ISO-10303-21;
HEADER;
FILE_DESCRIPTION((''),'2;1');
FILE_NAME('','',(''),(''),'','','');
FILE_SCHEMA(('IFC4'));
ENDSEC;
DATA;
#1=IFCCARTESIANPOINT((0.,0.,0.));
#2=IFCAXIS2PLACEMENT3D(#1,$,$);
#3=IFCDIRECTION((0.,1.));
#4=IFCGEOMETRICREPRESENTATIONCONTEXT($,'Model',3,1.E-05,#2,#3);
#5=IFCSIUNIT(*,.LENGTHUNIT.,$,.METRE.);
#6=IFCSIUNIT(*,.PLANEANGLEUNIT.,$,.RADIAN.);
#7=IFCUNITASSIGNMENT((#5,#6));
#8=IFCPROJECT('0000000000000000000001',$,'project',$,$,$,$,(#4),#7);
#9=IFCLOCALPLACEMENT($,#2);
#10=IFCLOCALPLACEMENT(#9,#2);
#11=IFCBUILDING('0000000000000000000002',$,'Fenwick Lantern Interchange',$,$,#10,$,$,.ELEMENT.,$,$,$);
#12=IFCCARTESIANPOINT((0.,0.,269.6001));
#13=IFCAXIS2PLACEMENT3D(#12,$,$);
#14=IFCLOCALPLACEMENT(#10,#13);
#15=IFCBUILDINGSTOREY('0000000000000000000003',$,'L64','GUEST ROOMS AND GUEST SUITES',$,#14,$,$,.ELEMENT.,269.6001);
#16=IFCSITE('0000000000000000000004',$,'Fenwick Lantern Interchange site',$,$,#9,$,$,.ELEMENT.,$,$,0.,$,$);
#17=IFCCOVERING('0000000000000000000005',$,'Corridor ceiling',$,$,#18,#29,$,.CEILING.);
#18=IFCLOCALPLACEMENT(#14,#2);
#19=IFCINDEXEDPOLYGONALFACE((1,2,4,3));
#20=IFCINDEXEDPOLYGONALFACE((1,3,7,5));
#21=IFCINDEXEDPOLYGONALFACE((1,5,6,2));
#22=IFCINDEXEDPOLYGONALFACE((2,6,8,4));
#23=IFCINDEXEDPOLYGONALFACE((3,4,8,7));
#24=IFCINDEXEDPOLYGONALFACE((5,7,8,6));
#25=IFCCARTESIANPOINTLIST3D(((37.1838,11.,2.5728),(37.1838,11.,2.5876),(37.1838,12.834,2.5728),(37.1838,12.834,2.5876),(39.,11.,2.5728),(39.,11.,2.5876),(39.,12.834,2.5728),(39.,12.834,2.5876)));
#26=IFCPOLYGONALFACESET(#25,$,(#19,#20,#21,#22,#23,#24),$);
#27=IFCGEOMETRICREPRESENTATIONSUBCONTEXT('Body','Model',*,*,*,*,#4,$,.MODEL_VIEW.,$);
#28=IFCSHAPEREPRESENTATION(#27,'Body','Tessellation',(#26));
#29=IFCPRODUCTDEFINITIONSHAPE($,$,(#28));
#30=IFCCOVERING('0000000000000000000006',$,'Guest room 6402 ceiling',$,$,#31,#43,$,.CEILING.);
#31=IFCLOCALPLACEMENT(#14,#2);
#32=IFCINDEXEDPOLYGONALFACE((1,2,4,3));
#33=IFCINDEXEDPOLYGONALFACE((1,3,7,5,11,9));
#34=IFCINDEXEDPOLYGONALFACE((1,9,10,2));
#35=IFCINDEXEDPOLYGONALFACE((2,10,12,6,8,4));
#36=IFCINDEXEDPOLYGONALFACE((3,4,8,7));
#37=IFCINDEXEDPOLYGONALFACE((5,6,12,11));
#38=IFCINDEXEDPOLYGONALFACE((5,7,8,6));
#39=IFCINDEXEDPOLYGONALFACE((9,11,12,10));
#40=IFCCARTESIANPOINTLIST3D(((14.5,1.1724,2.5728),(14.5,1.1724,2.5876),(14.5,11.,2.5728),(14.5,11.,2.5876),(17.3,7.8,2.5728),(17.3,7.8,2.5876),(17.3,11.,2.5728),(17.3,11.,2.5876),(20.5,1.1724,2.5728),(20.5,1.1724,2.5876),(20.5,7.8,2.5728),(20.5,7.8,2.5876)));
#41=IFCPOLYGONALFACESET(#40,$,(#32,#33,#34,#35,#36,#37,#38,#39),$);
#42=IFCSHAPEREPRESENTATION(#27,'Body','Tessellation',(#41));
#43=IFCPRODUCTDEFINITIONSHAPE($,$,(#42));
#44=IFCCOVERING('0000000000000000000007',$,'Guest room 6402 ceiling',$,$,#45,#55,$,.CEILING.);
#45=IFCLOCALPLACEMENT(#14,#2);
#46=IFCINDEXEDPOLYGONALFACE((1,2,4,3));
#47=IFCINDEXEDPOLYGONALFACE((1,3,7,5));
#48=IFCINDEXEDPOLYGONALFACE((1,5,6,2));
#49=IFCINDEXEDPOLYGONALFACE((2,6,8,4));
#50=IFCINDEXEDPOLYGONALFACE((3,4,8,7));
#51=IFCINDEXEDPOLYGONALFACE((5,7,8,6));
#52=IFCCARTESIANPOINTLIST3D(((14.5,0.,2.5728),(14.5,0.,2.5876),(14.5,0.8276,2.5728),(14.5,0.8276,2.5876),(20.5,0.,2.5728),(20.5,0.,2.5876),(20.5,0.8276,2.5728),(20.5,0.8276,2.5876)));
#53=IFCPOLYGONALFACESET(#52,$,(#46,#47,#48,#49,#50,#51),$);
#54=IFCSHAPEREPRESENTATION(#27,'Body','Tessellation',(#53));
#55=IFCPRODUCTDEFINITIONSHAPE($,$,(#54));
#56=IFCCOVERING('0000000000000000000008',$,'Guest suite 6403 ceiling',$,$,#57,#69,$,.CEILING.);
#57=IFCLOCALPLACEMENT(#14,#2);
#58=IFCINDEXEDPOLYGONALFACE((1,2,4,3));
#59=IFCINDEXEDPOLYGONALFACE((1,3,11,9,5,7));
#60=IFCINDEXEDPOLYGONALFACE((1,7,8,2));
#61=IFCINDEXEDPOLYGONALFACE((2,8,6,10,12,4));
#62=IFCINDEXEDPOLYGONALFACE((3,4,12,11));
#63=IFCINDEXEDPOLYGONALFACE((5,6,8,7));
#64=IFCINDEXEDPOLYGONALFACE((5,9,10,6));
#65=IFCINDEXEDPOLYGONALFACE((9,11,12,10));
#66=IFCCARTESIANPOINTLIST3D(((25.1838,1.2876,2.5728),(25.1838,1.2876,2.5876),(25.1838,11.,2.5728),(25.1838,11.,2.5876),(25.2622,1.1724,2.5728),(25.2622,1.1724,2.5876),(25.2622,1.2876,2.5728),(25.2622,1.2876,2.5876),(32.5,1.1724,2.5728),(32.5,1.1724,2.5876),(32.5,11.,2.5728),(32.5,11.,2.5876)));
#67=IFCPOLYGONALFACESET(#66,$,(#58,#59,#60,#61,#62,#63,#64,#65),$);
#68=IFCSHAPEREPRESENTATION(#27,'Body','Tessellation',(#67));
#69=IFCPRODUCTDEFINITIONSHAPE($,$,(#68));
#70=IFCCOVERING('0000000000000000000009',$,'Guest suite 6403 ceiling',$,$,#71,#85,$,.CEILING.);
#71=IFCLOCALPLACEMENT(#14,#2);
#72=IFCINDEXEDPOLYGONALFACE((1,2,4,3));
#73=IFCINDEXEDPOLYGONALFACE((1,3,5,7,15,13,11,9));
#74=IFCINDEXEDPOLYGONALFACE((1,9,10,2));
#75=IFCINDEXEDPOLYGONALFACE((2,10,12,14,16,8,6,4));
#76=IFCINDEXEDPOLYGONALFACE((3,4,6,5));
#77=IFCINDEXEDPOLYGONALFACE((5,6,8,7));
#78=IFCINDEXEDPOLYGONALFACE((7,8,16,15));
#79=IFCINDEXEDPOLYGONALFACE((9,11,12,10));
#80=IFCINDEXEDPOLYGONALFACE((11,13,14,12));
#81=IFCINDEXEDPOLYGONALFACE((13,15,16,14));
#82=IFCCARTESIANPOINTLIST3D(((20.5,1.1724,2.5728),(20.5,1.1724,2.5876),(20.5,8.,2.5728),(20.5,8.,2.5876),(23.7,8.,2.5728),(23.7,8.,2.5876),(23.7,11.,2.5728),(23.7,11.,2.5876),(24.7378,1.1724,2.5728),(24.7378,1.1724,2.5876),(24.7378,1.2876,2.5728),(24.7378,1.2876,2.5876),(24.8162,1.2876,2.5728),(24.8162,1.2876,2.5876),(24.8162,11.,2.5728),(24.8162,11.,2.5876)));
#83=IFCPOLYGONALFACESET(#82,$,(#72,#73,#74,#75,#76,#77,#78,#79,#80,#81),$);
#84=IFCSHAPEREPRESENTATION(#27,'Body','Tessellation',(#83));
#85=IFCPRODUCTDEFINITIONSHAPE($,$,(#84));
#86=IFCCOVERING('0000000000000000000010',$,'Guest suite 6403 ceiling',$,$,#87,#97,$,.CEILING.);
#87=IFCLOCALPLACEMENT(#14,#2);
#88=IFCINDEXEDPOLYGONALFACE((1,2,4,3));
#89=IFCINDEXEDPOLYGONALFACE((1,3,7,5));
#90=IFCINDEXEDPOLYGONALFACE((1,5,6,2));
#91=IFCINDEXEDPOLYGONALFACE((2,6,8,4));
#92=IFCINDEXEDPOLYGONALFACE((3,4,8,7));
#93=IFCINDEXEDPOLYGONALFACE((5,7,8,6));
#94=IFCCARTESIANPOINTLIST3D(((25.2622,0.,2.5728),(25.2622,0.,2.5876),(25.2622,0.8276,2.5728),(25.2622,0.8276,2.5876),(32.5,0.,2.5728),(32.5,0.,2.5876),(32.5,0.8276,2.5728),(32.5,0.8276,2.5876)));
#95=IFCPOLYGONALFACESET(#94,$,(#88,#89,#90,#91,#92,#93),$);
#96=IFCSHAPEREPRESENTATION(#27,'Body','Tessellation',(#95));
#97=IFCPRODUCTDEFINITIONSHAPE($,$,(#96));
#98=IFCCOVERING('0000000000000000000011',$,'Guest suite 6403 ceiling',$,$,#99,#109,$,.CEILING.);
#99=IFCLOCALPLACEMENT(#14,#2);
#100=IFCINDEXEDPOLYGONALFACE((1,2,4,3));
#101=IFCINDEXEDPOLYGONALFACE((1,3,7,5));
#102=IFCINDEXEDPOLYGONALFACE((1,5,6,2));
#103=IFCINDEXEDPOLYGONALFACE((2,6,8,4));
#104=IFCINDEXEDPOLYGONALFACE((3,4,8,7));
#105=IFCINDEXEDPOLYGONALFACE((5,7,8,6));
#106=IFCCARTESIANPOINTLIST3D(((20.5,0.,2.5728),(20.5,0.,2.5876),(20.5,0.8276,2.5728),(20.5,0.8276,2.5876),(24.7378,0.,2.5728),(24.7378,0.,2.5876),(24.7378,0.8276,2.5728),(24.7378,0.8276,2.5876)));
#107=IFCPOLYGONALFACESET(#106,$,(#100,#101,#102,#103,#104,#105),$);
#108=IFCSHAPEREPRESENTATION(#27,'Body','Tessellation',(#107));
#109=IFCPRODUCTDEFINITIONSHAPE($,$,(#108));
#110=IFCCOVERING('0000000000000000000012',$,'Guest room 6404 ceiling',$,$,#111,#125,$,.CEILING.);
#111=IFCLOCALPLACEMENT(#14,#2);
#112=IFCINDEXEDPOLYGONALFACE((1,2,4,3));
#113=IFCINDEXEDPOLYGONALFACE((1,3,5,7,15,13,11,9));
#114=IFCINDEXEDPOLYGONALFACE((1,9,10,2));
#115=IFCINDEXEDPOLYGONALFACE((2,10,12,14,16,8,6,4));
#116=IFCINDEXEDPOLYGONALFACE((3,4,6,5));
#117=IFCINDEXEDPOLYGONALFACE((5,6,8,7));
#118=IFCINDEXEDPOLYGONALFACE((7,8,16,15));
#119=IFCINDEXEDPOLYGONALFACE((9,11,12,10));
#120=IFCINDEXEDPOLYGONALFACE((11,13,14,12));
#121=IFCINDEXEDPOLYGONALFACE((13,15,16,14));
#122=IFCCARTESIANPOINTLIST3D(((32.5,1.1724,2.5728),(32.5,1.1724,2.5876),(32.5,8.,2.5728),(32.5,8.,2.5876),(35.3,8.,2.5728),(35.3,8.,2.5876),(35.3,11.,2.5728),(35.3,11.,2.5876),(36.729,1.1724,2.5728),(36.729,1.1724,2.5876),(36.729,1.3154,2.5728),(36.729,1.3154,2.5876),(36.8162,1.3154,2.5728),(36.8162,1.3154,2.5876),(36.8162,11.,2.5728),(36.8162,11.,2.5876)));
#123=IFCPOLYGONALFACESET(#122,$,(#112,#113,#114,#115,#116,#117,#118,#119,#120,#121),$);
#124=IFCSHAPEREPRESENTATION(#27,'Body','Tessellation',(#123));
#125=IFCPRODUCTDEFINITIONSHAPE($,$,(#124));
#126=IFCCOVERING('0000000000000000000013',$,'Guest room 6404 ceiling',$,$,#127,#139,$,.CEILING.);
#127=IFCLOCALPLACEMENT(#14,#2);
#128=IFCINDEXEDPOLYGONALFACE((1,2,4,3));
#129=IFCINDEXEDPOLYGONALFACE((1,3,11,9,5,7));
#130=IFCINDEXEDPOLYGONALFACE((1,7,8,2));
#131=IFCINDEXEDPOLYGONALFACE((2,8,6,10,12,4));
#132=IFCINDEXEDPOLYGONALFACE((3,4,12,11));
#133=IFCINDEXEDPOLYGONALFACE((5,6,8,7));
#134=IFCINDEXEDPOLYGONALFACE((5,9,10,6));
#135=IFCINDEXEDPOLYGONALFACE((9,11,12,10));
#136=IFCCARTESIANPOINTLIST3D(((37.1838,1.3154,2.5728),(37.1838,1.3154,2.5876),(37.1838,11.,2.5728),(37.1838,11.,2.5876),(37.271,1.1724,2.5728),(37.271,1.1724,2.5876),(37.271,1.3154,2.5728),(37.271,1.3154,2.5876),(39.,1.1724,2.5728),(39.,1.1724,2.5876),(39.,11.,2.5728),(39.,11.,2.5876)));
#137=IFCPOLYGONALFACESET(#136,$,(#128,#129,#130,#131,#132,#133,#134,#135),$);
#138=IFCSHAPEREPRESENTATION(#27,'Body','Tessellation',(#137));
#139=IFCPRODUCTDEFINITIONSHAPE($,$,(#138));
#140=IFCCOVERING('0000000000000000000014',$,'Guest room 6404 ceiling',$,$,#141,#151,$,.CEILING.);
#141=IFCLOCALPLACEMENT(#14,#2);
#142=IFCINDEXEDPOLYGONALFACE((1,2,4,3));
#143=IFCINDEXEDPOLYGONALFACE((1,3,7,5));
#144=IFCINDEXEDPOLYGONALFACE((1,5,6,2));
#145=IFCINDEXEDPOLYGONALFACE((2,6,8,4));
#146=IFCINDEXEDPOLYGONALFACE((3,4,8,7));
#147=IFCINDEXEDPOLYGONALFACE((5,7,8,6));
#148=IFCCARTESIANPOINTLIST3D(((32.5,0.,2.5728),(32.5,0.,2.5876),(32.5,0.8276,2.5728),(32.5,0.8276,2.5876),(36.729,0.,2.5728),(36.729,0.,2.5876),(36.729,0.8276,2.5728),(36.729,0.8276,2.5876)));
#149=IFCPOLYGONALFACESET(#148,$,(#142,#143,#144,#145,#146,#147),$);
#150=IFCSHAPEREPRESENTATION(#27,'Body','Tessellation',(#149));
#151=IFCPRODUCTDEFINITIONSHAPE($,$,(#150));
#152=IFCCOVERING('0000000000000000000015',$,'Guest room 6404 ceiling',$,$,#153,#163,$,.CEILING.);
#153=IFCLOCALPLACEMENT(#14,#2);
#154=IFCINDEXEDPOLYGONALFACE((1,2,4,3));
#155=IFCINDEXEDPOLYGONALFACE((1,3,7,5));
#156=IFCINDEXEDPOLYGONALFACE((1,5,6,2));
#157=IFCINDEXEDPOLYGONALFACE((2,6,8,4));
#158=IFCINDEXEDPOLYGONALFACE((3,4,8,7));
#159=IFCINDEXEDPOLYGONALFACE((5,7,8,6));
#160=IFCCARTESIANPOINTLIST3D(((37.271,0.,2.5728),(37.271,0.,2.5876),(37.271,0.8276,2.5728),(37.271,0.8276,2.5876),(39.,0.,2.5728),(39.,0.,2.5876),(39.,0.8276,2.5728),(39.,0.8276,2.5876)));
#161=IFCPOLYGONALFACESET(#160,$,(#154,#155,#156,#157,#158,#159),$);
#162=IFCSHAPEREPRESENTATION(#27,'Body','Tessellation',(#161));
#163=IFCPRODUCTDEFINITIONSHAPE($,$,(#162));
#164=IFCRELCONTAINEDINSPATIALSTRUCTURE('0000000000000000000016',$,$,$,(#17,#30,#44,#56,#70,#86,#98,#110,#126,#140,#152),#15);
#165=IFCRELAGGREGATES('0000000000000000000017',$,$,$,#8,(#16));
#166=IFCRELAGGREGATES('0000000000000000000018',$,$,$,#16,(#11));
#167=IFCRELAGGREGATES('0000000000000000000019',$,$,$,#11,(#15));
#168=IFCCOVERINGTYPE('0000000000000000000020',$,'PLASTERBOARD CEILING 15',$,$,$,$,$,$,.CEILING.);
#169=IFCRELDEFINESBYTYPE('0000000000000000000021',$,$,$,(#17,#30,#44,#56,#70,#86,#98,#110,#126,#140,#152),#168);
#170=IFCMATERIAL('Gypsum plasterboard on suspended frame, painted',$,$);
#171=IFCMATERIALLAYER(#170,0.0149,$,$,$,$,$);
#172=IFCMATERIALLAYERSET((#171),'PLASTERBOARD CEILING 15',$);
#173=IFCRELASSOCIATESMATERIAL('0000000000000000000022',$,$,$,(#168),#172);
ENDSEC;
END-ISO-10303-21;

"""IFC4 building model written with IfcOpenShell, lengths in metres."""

from ifc_helpers import new_model, si_unit, direction, frame, origin, place, context, subcontext, project, spatial, polyline, outline, extrude, material, layer, layer_set, type_object, element, save


model = new_model("IFC4")

# Units and contexts
model_context = context("Model", 3, precision=1e-05, world=origin(), true_north=direction((0.0, 1.0)))
body_context = subcontext(model_context, "Body", "Model", "MODEL_VIEW")
ifc_project = project(units=[si_unit("LENGTHUNIT", "METRE"), si_unit("PLANEANGLEUNIT", "RADIAN")], contexts=[model_context])

# Site, building, storey
site_placement = place(None, origin())
site = spatial("IfcSite", under=ifc_project, at=site_placement, Name="Fenwick Lantern Interchange site", CompositionType="ELEMENT", RefElevation=0.0)
building_placement = place(site_placement, origin())
building = spatial("IfcBuilding", under=site, at=building_placement, Name="Fenwick Lantern Interchange", CompositionType="ELEMENT")
storey_placement = place(building_placement, frame((0.0, 0.0, 269.6001)))
storey = spatial("IfcBuildingStorey", under=building, at=storey_placement, Name="L64", Description="GUEST ROOMS AND GUEST SUITES", CompositionType="ELEMENT", Elevation=269.6001)

# Coverings
ifc_material_1 = material(Name="Gypsum plasterboard on suspended frame, painted")
ifc_layer_1 = layer(ifc_material_1, 0.0149)
ifc_layer_set_1 = layer_set([ifc_layer_1], Name="PLASTERBOARD CEILING 15")
covering_type_1 = type_object("IfcCoveringType", Name="PLASTERBOARD CEILING 15", PredefinedType="CEILING", material=ifc_layer_set_1)
covering_1_placement = place(storey_placement, frame((0.0, 0.0, 2.5728)))
element("IfcCovering", 1, at=covering_1_placement, inside=storey, type_object=covering_type_1, Name="Corridor ceiling", PredefinedType="CEILING", context=body_context, shape_type="SweptSolid", body=[
    extrude(outline(polyline([(39.0, 11.0), (39.0, 12.834), (37.1838, 12.834), (37.1838, 11.0), (39.0, 11.0)])), origin(), (0.0, 0.0, 1.0), 0.0149),
])
covering_2_placement = place(storey_placement, frame((0.0, 0.0, 2.5728)))
element("IfcCovering", 2, at=covering_2_placement, inside=storey, type_object=covering_type_1, Name="Guest room 6402 ceiling", PredefinedType="CEILING", context=body_context, shape_type="SweptSolid", body=[
    extrude(outline(polyline([(14.5, 11.0), (14.5, 1.1724), (20.5, 1.1724), (20.5, 7.8), (17.3, 7.8), (17.3, 11.0), (14.5, 11.0)])), origin(), (0.0, 0.0, 1.0), 0.0149),
])
covering_3_placement = place(storey_placement, frame((0.0, 0.0, 2.5728)))
element("IfcCovering", 3, at=covering_3_placement, inside=storey, type_object=covering_type_1, Name="Guest room 6402 ceiling", PredefinedType="CEILING", context=body_context, shape_type="SweptSolid", body=[
    extrude(outline(polyline([(14.5, 0.0), (20.5, 0.0), (20.5, 0.8276), (14.5, 0.8276), (14.5, 0.0)])), origin(), (0.0, 0.0, 1.0), 0.0149),
])
covering_4_placement = place(storey_placement, frame((0.0, 0.0, 2.5728)))
element("IfcCovering", 4, at=covering_4_placement, inside=storey, type_object=covering_type_1, Name="Guest suite 6403 ceiling", PredefinedType="CEILING", context=body_context, shape_type="SweptSolid", body=[
    extrude(outline(polyline([(25.2622, 1.2876), (25.2622, 1.1724), (32.5, 1.1724), (32.5, 11.0), (25.1838, 11.0), (25.1838, 1.2876), (25.2622, 1.2876)])), origin(), (0.0, 0.0, 1.0), 0.0149),
])
covering_5_placement = place(storey_placement, frame((0.0, 0.0, 2.5728)))
element("IfcCovering", 5, at=covering_5_placement, inside=storey, type_object=covering_type_1, Name="Guest suite 6403 ceiling", PredefinedType="CEILING", context=body_context, shape_type="SweptSolid", body=[
    extrude(outline(polyline([(24.7378, 1.2876), (24.8162, 1.2876), (24.8162, 11.0), (23.7, 11.0), (23.7, 8.0), (20.5, 8.0), (20.5, 1.1724), (24.7378, 1.1724), (24.7378, 1.2876)])), origin(), (0.0, 0.0, 1.0), 0.0149),
])
covering_6_placement = place(storey_placement, frame((0.0, 0.0, 2.5728)))
element("IfcCovering", 6, at=covering_6_placement, inside=storey, type_object=covering_type_1, Name="Guest suite 6403 ceiling", PredefinedType="CEILING", context=body_context, shape_type="SweptSolid", body=[
    extrude(outline(polyline([(25.2622, 0.0), (32.5, 0.0), (32.5, 0.8276), (25.2622, 0.8276), (25.2622, 0.0)])), origin(), (0.0, 0.0, 1.0), 0.0149),
])
covering_7_placement = place(storey_placement, frame((0.0, 0.0, 2.5728)))
element("IfcCovering", 7, at=covering_7_placement, inside=storey, type_object=covering_type_1, Name="Guest suite 6403 ceiling", PredefinedType="CEILING", context=body_context, shape_type="SweptSolid", body=[
    extrude(outline(polyline([(24.7378, 0.0), (24.7378, 0.8276), (20.5, 0.8276), (20.5, 0.0), (24.7378, 0.0)])), origin(), (0.0, 0.0, 1.0), 0.0149),
])
covering_8_placement = place(storey_placement, frame((0.0, 0.0, 2.5728)))
element("IfcCovering", 8, at=covering_8_placement, inside=storey, type_object=covering_type_1, Name="Guest room 6404 ceiling", PredefinedType="CEILING", context=body_context, shape_type="SweptSolid", body=[
    extrude(outline(polyline([(36.729, 1.3154), (36.8162, 1.3154), (36.8162, 11.0), (35.3, 11.0), (35.3, 8.0), (32.5, 8.0), (32.5, 1.1724), (36.729, 1.1724), (36.729, 1.3154)])), origin(), (0.0, 0.0, 1.0), 0.0149),
])
covering_9_placement = place(storey_placement, frame((0.0, 0.0, 2.5728)))
element("IfcCovering", 9, at=covering_9_placement, inside=storey, type_object=covering_type_1, Name="Guest room 6404 ceiling", PredefinedType="CEILING", context=body_context, shape_type="SweptSolid", body=[
    extrude(outline(polyline([(37.271, 1.3154), (37.271, 1.1724), (39.0, 1.1724), (39.0, 11.0), (37.1838, 11.0), (37.1838, 1.3154), (37.271, 1.3154)])), origin(), (0.0, 0.0, 1.0), 0.0149),
])
covering_10_placement = place(storey_placement, frame((0.0, 0.0, 2.5728)))
element("IfcCovering", 10, at=covering_10_placement, inside=storey, type_object=covering_type_1, Name="Guest room 6404 ceiling", PredefinedType="CEILING", context=body_context, shape_type="SweptSolid", body=[
    extrude(outline(polyline([(36.729, 0.0), (36.729, 0.8276), (32.5, 0.8276), (32.5, 0.0), (36.729, 0.0)])), origin(), (0.0, 0.0, 1.0), 0.0149),
])
covering_11_placement = place(storey_placement, frame((0.0, 0.0, 2.5728)))
element("IfcCovering", 11, at=covering_11_placement, inside=storey, type_object=covering_type_1, Name="Guest room 6404 ceiling", PredefinedType="CEILING", context=body_context, shape_type="SweptSolid", body=[
    extrude(outline(polyline([(37.271, 0.0), (39.0, 0.0), (39.0, 0.8276), (37.271, 0.8276), (37.271, 0.0)])), origin(), (0.0, 0.0, 1.0), 0.0149),
])

save(model, "model.ifc")
